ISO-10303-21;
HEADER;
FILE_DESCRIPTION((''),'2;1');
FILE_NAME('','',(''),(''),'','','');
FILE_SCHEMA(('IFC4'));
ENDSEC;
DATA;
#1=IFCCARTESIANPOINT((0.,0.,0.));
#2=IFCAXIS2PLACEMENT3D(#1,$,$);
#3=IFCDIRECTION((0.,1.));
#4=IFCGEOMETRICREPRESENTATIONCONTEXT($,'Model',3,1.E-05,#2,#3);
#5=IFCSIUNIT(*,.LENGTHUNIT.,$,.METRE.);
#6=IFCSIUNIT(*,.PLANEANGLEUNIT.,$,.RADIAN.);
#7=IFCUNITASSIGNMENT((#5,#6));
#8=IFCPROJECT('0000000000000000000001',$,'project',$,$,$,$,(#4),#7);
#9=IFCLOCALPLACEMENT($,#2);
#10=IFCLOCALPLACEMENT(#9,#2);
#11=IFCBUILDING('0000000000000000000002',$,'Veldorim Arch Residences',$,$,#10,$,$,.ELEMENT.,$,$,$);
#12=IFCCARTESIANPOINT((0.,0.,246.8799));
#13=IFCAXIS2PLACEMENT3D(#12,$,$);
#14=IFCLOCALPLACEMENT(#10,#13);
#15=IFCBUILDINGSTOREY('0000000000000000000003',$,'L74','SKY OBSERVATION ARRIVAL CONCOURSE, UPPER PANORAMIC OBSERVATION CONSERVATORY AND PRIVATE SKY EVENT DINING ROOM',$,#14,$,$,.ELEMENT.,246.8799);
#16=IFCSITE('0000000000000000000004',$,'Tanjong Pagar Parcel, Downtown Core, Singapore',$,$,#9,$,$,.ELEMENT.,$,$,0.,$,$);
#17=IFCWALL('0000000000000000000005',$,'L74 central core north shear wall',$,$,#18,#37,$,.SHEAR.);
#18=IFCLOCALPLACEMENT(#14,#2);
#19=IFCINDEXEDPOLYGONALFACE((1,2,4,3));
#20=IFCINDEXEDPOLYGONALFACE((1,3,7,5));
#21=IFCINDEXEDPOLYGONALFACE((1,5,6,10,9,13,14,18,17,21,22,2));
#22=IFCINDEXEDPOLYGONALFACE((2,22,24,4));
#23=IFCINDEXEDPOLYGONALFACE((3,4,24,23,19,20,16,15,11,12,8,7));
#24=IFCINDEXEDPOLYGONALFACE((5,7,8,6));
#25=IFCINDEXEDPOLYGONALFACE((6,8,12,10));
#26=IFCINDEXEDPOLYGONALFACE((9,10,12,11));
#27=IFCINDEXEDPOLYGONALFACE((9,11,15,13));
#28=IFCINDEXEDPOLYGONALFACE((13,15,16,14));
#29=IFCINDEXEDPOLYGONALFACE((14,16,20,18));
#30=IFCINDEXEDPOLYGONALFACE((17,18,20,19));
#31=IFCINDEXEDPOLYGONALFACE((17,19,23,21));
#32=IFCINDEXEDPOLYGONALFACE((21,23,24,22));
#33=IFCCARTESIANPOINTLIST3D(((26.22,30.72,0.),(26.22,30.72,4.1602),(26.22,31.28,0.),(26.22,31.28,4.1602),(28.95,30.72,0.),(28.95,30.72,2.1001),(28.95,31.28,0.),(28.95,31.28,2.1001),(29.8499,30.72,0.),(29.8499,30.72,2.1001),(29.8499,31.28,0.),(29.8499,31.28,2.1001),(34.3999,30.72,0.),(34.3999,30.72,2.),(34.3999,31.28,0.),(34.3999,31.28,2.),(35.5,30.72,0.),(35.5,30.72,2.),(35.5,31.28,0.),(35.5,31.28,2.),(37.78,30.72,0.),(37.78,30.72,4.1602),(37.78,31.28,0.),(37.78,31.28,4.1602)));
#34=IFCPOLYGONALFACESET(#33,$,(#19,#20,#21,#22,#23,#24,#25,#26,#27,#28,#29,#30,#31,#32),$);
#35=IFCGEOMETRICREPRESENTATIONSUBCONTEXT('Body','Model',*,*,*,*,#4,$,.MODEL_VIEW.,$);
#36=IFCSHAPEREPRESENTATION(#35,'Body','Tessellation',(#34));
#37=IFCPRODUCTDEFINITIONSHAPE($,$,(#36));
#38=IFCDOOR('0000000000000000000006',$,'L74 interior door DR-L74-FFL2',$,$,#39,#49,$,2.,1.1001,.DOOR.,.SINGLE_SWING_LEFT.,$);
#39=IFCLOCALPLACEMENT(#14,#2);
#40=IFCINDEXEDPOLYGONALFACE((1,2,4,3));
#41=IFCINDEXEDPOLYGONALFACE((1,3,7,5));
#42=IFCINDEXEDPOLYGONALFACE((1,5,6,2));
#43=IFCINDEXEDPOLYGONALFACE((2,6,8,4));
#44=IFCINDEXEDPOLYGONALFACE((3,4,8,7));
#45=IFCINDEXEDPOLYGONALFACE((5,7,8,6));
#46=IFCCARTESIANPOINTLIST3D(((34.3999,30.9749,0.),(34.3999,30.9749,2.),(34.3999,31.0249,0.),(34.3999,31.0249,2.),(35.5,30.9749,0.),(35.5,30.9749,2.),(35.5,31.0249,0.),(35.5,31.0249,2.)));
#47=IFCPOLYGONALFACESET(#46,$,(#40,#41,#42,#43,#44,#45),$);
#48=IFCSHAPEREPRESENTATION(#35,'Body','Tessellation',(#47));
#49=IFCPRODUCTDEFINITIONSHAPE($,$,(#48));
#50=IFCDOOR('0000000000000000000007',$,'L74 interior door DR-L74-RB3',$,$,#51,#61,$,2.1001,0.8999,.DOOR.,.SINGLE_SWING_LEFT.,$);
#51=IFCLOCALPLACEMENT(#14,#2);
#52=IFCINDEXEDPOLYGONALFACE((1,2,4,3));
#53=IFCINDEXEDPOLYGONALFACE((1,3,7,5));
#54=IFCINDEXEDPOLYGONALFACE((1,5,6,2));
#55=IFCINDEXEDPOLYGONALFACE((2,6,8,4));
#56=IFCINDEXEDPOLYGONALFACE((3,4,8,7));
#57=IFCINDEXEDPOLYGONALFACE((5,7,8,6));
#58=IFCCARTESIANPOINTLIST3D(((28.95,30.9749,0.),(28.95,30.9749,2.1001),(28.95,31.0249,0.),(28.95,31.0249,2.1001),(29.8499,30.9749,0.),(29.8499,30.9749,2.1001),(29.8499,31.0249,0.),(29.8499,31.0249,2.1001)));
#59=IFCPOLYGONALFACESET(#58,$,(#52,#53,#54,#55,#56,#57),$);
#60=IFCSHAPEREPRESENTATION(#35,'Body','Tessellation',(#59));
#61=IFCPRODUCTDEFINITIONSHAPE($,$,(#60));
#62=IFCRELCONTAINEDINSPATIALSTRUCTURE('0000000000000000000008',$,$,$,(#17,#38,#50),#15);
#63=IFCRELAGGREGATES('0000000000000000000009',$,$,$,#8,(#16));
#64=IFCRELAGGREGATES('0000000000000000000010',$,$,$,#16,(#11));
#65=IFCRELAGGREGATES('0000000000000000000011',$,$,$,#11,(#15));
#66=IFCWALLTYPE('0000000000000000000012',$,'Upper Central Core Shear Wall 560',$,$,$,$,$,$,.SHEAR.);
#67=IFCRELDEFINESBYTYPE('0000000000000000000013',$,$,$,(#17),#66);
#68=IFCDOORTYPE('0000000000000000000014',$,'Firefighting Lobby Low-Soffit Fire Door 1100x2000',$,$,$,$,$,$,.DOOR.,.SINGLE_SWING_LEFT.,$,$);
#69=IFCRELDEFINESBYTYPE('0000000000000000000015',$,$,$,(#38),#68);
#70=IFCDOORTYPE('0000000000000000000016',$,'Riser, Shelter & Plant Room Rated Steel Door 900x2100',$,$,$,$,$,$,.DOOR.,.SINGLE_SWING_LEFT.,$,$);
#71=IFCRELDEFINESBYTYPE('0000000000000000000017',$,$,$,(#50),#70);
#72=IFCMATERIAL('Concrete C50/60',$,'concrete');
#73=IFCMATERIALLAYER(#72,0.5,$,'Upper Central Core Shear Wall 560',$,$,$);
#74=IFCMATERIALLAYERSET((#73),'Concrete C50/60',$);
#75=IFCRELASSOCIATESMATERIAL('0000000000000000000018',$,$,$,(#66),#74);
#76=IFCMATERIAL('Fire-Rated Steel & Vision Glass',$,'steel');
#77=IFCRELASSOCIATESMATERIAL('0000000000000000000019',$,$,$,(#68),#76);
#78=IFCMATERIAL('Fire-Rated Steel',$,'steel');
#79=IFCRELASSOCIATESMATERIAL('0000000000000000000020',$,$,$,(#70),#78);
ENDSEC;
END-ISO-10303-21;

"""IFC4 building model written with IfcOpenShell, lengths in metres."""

from ifc_helpers import new_model, si_unit, direction, frame, frame_2d, origin, place, context, subcontext, project, spatial, rectangle, extrude, material, layer, layer_set, type_object, element, fill, save


model = new_model("IFC4")

# Units and contexts
model_context = context("Model", 3, precision=1e-05, world=origin(), true_north=direction((0.0, 1.0)))
body_context = subcontext(model_context, "Body", "Model", "MODEL_VIEW")
ifc_project = project(units=[si_unit("LENGTHUNIT", "METRE"), si_unit("PLANEANGLEUNIT", "RADIAN")], contexts=[model_context])

# Site, building, storey
site_placement = place(None, origin())
site = spatial("IfcSite", under=ifc_project, at=site_placement, Name="Tanjong Pagar Parcel, Downtown Core, Singapore", CompositionType="ELEMENT", RefElevation=0.0)
building_placement = place(site_placement, origin())
building = spatial("IfcBuilding", under=site, at=building_placement, Name="Veldorim Arch Residences", CompositionType="ELEMENT")
storey_placement = place(building_placement, frame((0.0, 0.0, 246.8799)))
storey = spatial("IfcBuildingStorey", under=building, at=storey_placement, Name="L74", Description="SKY OBSERVATION ARRIVAL CONCOURSE, UPPER PANORAMIC OBSERVATION CONSERVATORY AND PRIVATE SKY EVENT DINING ROOM", CompositionType="ELEMENT", Elevation=246.8799)

# Wall, openings, doors
ifc_material_1 = material(Name="Concrete C50/60", Category="concrete")
ifc_layer_1 = layer(ifc_material_1, 0.5, Name="Upper Central Core Shear Wall 560")
ifc_layer_set_1 = layer_set([ifc_layer_1], Name="Concrete C50/60")
wall_type_1 = type_object("IfcWallType", Name="Upper Central Core Shear Wall 560", PredefinedType="SHEAR", material=ifc_layer_set_1)
wall_1_placement = place(storey_placement, frame((26.22, 31.0, 0.0), z_axis=(0.0, 0.0, 1.0), x_axis=(1.0, 0.0, 0.0)))
wall_1 = element("IfcWall", 1, at=wall_1_placement, inside=storey, type_object=wall_type_1, Name="L74 central core north shear wall", PredefinedType="SHEAR", context=body_context, shape_type="SweptSolid", body=[
    extrude(rectangle(XDim=11.5601, YDim=0.5601, at=frame_2d((5.78, 0.0))), origin(), (0.0, 0.0, 1.0), 4.1602),
])
opening_1_placement = place(wall_1_placement, frame((8.1799, 0.0, 0.0)))
opening_1 = element("IfcOpeningElement", 2, at=opening_1_placement, cuts=wall_1, PredefinedType="OPENING", context=body_context, shape_type="SweptSolid", body=[
    extrude(rectangle(XDim=1.1001, YDim=2.0, at=frame_2d((0.55, 1.0))), frame((0.0, 0.29, 0.0), z_axis=(0.0, -1.0, 0.0), x_axis=(1.0, 0.0, 0.0)), (0.0, 0.0, 1.0), 0.5801),
])
opening_2_placement = place(wall_1_placement, frame((2.73, 0.0, 0.0)))
opening_2 = element("IfcOpeningElement", 3, at=opening_2_placement, cuts=wall_1, PredefinedType="OPENING", context=body_context, shape_type="SweptSolid", body=[
    extrude(rectangle(XDim=0.8999, YDim=2.1001, at=frame_2d((0.45, 1.05))), frame((0.0, 0.29, 0.0), z_axis=(0.0, -1.0, 0.0), x_axis=(1.0, 0.0, 0.0)), (0.0, 0.0, 1.0), 0.5801),
])
ifc_material_2 = material(Name="Fire-Rated Steel & Vision Glass", Category="steel")
door_type_1 = type_object("IfcDoorType", Name="Firefighting Lobby Low-Soffit Fire Door 1100x2000", OperationType="SINGLE_SWING_LEFT", PredefinedType="DOOR", material=ifc_material_2)
door_1_placement = place(opening_1_placement, origin())
door_1 = element("IfcDoor", 4, at=door_1_placement, inside=storey, type_object=door_type_1, Name="L74 interior door DR-L74-FFL2", OperationType="SINGLE_SWING_LEFT", OverallHeight=2.0, OverallWidth=1.1001, PredefinedType="DOOR", context=body_context, shape_type="SweptSolid", body=[
    extrude(rectangle(XDim=1.1001, YDim=2.0, at=frame_2d((0.55, 1.0))), frame((0.0, 0.0249, 0.0), z_axis=(0.0, -1.0, 0.0), x_axis=(1.0, 0.0, 0.0)), (0.0, 0.0, 1.0), 0.05),
])
fill(opening_1, door_1)
ifc_material_3 = material(Name="Fire-Rated Steel", Category="steel")
door_type_2 = type_object("IfcDoorType", Name="Riser, Shelter & Plant Room Rated Steel Door 900x2100", OperationType="SINGLE_SWING_LEFT", PredefinedType="DOOR", material=ifc_material_3)
door_2_placement = place(opening_2_placement, origin())
door_2 = element("IfcDoor", 5, at=door_2_placement, inside=storey, type_object=door_type_2, Name="L74 interior door DR-L74-RB3", OperationType="SINGLE_SWING_LEFT", OverallHeight=2.1001, OverallWidth=0.8999, PredefinedType="DOOR", context=body_context, shape_type="SweptSolid", body=[
    extrude(rectangle(XDim=0.8999, YDim=2.1001, at=frame_2d((0.45, 1.05))), frame((0.0, 0.0249, 0.0), z_axis=(0.0, -1.0, 0.0), x_axis=(1.0, 0.0, 0.0)), (0.0, 0.0, 1.0), 0.05),
])
fill(opening_2, door_2)

save(model, "model.ifc")
